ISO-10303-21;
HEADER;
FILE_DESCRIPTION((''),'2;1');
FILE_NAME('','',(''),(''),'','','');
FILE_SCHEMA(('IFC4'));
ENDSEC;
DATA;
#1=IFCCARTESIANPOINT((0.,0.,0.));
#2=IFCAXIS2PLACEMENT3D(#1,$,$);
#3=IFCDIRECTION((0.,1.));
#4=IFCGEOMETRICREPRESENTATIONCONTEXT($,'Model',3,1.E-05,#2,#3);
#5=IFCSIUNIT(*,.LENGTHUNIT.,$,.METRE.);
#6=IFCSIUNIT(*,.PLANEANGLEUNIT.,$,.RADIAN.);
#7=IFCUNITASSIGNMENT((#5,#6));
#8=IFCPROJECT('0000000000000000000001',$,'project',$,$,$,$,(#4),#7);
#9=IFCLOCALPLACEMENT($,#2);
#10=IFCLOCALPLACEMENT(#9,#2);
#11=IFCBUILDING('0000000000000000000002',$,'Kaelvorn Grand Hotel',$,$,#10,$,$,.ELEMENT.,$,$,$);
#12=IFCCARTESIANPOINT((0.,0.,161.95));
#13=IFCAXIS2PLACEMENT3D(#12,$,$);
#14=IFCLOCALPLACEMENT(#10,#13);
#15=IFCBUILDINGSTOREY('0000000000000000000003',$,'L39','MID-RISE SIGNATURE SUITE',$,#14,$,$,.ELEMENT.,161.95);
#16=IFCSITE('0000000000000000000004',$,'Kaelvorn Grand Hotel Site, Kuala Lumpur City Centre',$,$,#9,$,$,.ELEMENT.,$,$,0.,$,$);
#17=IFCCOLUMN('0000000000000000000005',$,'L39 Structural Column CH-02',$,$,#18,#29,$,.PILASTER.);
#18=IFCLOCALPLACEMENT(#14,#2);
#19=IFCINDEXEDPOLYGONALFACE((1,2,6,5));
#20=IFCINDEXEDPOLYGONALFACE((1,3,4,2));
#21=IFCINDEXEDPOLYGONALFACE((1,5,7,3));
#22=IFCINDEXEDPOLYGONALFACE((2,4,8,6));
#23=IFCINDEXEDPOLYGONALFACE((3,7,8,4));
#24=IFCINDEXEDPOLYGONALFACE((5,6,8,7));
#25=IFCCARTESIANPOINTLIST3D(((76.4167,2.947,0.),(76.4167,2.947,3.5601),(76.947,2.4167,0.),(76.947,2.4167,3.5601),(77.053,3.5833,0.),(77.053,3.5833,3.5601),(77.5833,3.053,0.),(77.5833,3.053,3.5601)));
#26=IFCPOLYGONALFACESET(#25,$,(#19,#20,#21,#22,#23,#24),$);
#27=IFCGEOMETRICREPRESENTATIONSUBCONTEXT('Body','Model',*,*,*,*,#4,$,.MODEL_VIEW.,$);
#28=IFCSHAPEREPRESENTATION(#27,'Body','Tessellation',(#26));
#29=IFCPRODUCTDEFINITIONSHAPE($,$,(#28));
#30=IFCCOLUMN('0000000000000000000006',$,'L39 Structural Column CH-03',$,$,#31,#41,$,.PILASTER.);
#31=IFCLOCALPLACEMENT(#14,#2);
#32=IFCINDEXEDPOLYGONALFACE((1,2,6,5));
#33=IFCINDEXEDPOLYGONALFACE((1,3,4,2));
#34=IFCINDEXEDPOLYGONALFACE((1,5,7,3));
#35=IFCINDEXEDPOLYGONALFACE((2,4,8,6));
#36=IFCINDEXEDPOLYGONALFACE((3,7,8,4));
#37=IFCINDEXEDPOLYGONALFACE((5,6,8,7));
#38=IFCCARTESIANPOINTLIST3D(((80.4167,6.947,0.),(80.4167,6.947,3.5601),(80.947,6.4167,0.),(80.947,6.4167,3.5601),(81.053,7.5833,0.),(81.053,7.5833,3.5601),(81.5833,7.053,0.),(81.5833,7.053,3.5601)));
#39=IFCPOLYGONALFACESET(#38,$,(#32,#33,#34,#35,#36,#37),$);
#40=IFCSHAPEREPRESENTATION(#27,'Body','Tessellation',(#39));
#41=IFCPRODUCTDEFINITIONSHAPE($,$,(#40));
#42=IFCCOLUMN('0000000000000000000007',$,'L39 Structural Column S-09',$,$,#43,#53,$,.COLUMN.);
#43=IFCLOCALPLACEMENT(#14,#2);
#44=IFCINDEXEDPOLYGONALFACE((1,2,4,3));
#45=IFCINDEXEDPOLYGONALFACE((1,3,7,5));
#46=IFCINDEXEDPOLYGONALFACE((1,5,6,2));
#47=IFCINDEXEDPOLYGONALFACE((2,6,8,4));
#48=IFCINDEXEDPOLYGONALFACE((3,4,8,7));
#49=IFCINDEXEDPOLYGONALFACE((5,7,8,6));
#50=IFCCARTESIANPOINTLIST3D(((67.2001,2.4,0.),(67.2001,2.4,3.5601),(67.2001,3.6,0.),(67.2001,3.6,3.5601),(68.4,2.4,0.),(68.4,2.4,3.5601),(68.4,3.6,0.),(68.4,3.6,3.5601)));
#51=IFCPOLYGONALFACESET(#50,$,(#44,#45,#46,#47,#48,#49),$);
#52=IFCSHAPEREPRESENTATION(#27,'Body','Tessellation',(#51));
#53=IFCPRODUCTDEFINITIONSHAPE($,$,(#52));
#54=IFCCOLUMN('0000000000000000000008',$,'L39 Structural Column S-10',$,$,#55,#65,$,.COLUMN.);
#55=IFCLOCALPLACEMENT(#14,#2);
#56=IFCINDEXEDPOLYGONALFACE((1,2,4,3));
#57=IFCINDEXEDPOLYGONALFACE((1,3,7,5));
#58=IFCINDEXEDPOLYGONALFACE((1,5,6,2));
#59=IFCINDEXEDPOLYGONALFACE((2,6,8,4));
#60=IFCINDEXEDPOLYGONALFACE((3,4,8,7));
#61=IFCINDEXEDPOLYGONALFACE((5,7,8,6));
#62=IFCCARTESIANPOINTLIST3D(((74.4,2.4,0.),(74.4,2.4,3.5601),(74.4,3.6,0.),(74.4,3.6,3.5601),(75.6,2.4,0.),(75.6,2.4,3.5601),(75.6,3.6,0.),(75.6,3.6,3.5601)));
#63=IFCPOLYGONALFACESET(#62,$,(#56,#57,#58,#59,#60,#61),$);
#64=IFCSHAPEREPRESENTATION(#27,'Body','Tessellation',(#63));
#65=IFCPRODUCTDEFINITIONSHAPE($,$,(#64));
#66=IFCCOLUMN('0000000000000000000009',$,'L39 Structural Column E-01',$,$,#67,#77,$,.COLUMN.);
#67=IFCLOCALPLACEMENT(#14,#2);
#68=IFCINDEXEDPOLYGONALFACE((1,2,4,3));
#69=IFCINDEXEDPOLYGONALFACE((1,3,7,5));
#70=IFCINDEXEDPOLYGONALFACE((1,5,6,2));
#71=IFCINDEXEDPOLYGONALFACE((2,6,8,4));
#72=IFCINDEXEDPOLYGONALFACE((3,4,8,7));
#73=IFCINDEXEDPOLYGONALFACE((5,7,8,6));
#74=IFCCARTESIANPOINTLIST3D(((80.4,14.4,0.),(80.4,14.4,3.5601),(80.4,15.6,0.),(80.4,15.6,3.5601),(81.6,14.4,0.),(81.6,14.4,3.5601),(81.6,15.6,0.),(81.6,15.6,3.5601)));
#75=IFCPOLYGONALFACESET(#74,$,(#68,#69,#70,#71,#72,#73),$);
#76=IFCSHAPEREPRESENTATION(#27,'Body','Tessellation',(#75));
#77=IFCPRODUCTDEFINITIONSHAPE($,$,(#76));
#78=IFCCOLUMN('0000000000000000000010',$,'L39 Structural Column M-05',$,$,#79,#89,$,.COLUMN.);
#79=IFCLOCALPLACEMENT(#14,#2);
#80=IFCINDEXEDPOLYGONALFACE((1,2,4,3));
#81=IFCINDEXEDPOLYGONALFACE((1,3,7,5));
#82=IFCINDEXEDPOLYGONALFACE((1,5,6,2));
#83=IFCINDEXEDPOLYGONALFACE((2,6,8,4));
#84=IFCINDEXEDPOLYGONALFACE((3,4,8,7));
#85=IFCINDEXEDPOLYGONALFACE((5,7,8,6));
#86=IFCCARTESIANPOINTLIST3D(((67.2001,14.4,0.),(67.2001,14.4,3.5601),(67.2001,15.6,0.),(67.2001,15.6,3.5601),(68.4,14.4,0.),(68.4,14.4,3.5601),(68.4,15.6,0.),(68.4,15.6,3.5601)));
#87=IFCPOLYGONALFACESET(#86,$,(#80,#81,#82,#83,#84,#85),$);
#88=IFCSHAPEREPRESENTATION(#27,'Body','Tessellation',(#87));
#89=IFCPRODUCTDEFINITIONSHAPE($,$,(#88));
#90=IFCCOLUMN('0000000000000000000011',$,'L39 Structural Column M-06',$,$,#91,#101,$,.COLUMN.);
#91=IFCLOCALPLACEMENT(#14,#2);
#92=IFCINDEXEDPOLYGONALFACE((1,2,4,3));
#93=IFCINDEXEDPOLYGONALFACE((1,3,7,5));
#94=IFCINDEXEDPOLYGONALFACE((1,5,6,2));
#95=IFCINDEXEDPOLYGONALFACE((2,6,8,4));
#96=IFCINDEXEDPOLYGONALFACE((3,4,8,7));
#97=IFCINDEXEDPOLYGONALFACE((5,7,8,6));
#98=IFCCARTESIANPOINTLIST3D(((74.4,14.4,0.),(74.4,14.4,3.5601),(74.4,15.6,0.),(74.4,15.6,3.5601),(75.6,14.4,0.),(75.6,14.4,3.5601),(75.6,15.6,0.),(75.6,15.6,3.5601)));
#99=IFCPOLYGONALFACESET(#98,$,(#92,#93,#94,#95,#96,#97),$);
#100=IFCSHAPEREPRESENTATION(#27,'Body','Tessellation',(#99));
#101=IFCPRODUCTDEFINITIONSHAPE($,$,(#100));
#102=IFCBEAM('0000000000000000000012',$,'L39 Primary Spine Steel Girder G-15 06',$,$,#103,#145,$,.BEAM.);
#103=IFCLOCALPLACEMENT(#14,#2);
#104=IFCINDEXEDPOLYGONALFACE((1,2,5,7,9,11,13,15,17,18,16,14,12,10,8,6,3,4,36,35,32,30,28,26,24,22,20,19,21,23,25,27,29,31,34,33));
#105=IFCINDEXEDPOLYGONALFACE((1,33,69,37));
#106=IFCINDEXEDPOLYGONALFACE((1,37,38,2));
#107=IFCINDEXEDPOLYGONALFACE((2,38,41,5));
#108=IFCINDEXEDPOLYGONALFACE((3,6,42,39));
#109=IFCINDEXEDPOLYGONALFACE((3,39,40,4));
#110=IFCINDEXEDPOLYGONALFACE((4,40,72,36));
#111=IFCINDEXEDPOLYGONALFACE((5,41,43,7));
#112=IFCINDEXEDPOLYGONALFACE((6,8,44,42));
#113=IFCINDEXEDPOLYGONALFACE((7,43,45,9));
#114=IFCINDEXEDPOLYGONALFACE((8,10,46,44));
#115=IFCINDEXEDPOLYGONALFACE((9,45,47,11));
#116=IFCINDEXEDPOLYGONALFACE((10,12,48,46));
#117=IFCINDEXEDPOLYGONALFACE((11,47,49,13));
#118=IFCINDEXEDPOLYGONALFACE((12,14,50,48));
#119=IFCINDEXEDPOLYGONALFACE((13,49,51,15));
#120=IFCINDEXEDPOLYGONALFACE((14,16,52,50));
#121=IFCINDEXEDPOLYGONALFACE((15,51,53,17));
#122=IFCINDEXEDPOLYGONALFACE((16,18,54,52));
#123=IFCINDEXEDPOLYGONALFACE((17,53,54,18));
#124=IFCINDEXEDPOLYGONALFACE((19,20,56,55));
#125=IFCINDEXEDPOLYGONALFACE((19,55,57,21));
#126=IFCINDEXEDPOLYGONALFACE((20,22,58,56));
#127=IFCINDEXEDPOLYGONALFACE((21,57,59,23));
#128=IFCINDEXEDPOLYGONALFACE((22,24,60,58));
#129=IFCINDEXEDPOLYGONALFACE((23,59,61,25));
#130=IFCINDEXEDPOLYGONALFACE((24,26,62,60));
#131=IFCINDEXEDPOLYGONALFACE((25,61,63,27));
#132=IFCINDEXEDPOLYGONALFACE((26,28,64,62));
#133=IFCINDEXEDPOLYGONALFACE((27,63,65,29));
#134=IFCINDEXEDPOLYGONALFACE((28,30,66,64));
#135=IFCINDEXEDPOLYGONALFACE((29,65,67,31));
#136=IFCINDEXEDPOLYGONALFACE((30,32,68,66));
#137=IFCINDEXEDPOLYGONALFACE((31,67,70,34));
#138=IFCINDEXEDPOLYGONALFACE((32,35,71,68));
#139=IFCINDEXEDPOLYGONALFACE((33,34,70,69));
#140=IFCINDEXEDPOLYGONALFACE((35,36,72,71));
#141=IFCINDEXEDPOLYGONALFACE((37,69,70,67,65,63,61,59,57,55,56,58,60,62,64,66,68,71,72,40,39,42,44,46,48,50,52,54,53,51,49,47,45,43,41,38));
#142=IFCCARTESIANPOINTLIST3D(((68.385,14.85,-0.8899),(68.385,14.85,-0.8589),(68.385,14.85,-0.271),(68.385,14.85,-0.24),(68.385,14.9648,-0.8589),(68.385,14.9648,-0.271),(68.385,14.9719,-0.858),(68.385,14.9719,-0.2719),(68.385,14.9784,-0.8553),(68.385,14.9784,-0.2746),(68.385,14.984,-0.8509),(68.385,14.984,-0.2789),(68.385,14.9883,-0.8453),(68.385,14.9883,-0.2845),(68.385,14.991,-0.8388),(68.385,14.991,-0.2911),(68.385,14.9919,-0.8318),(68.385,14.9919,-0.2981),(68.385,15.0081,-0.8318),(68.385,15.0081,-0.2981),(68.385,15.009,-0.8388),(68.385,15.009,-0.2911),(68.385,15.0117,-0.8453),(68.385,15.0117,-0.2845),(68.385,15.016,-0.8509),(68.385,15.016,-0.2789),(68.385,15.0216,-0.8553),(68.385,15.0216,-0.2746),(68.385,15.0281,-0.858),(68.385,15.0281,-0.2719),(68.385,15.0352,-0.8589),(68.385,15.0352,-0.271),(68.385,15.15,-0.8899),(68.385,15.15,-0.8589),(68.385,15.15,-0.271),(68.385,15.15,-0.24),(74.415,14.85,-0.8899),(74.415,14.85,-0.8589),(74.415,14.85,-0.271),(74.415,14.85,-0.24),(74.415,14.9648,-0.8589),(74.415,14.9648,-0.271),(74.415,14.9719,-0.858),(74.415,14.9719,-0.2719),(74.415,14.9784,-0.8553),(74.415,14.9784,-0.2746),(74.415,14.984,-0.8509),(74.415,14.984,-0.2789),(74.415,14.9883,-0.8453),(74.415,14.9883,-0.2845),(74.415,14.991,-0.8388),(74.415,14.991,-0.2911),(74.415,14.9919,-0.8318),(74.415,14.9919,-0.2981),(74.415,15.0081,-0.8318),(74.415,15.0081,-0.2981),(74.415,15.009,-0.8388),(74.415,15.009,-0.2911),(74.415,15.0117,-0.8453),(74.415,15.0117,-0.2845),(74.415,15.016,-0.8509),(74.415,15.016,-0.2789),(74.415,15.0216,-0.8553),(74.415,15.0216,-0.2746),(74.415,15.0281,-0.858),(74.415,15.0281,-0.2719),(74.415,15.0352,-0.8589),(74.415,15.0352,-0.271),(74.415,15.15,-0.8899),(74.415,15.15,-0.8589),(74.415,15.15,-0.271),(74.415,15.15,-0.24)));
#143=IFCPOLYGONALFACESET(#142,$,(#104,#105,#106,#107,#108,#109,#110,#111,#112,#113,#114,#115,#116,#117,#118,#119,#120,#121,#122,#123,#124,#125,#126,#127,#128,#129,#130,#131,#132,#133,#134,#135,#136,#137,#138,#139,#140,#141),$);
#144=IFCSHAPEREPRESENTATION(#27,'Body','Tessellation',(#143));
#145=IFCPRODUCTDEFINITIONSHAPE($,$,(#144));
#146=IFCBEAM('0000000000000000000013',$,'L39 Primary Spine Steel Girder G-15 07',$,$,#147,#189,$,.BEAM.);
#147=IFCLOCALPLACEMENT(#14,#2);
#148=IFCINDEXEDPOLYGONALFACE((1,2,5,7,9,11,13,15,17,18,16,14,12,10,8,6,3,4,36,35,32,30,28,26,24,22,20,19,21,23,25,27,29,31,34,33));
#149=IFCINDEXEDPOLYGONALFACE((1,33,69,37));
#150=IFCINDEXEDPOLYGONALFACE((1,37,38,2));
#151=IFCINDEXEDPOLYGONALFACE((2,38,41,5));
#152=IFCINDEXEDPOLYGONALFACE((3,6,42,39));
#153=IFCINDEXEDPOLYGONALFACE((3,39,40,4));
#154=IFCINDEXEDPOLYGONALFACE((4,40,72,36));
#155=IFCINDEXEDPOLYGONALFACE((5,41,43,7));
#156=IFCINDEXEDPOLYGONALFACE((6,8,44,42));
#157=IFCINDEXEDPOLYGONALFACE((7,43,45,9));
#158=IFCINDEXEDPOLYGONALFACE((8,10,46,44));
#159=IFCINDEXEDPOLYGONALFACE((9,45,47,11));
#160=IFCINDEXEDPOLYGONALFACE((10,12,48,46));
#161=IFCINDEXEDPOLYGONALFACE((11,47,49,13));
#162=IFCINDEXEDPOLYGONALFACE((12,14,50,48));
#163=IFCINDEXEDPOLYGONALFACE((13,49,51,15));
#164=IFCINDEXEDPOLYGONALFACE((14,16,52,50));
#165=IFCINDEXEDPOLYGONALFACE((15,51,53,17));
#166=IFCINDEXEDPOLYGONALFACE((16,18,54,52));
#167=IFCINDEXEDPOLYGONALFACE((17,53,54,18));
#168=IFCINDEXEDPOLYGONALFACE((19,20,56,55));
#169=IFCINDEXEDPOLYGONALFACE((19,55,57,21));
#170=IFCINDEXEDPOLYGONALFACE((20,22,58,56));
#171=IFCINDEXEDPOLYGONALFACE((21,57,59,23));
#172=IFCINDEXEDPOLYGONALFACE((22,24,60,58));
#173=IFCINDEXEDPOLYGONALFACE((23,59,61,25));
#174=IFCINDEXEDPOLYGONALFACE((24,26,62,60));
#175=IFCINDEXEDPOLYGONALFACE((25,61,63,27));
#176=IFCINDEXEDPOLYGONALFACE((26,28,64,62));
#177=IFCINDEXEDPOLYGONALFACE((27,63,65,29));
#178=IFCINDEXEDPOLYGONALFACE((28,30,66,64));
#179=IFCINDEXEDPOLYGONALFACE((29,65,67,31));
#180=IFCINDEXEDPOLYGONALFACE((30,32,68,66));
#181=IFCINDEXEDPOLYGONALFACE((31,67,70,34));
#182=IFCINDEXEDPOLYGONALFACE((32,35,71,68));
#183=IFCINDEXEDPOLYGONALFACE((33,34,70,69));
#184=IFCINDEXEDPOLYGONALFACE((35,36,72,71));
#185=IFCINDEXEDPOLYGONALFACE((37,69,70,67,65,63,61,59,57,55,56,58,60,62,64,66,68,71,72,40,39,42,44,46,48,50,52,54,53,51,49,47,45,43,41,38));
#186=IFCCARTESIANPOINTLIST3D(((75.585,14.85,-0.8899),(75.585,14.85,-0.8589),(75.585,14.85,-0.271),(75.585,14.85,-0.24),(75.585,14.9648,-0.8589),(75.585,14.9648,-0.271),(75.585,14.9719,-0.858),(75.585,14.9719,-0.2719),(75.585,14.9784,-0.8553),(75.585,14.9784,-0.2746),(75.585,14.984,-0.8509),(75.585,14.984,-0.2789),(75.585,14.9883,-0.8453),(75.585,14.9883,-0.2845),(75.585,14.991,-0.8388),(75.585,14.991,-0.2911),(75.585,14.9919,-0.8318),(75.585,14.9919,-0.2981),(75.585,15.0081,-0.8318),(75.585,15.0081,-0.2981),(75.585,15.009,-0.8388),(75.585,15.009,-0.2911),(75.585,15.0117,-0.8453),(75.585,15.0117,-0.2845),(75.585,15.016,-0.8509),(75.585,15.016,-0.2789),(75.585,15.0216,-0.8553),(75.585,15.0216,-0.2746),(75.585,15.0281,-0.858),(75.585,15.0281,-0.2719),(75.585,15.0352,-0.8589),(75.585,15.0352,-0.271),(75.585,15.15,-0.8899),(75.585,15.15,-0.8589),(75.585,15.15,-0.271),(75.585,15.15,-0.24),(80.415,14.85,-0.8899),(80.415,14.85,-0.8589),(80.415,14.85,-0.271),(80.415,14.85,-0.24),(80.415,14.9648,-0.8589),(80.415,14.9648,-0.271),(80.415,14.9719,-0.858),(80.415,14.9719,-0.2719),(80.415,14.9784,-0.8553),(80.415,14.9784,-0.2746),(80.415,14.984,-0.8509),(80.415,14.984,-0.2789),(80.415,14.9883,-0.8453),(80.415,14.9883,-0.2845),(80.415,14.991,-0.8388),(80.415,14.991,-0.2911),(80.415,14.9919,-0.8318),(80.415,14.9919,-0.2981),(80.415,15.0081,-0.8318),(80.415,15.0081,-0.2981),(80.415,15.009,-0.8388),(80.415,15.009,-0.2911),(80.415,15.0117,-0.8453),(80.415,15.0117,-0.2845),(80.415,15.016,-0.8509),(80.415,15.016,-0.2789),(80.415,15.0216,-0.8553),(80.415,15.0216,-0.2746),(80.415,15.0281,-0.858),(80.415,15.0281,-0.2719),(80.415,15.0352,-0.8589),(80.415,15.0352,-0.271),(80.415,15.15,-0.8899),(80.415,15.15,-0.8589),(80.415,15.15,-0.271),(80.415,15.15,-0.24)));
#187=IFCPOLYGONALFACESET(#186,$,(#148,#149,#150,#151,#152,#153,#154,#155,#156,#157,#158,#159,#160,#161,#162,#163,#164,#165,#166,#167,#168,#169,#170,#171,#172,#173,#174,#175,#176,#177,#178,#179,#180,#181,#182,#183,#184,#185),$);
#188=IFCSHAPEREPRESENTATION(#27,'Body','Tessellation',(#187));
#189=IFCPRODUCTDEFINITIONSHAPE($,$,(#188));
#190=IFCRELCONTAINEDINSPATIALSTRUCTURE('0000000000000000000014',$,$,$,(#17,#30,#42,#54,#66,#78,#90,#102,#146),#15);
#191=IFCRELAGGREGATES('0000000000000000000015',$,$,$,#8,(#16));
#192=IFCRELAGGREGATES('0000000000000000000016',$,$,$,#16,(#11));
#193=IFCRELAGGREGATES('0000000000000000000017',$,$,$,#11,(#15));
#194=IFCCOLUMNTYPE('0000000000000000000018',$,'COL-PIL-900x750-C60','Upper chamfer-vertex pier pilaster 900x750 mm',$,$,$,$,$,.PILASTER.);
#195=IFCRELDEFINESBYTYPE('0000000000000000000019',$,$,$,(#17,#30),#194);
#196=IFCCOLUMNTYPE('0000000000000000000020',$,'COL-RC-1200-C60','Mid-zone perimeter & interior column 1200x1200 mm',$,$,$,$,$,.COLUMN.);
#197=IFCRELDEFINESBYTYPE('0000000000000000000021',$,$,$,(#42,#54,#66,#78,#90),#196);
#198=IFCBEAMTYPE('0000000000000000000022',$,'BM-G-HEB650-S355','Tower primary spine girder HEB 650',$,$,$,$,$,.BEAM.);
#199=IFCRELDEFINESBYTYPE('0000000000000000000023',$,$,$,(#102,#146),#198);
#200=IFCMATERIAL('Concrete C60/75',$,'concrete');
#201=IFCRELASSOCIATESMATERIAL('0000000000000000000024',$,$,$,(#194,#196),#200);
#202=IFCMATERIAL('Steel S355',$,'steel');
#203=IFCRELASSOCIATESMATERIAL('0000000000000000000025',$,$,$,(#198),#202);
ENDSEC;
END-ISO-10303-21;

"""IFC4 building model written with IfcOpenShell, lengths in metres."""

from ifc_helpers import new_model, si_unit, direction, frame, origin, origin_2d, place, context, subcontext, project, spatial, rectangle, i_section, extrude, material, material_profile, profile_set, type_object, element, save


model = new_model("IFC4")

# Units and contexts
model_context = context("Model", 3, precision=1e-05, world=origin(), true_north=direction((0.0, 1.0)))
body_context = subcontext(model_context, "Body", "Model", "MODEL_VIEW")
ifc_project = project(units=[si_unit("LENGTHUNIT", "METRE"), si_unit("PLANEANGLEUNIT", "RADIAN")], contexts=[model_context])

# Site, building, storey
site_placement = place(None, origin())
site = spatial("IfcSite", under=ifc_project, at=site_placement, Name="Kaelvorn Grand Hotel Site, Kuala Lumpur City Centre", CompositionType="ELEMENT", RefElevation=0.0)
building_placement = place(site_placement, origin())
building = spatial("IfcBuilding", under=site, at=building_placement, Name="Kaelvorn Grand Hotel", CompositionType="ELEMENT")
storey_placement = place(building_placement, frame((0.0, 0.0, 161.95)))
storey = spatial("IfcBuildingStorey", under=building, at=storey_placement, Name="L39", Description="MID-RISE SIGNATURE SUITE", CompositionType="ELEMENT", Elevation=161.95)

# Columns
ifc_material_1 = material(Name="Concrete C60/75", Category="concrete")
ifc_material_profile_1 = material_profile(ifc_material_1, rectangle(XDim=0.8999, YDim=0.75, at=origin_2d()), Name="RC PILASTER 900x750")
ifc_profile_set_1 = profile_set([ifc_material_profile_1], Name="Concrete C60/75")
column_type_1 = type_object("IfcColumnType", Name="COL-PIL-900x750-C60", Description="Upper chamfer-vertex pier pilaster 900x750 mm", PredefinedType="PILASTER", material=ifc_profile_set_1)
for number, where, z_axis, x_axis, name in (
    (1, (77.0, 3.0, 0.0), (0.0, 0.0, 1.0), (0.707107, 0.707107, 0.0), "L39 Structural Column CH-02"),
    (2, (81.0, 7.0, 0.0), (0.0, 0.0, 1.0), (0.707107, 0.707107, 0.0), "L39 Structural Column CH-03"),
):
    element("IfcColumn", number, at=place(storey_placement, frame(where, z_axis=z_axis, x_axis=x_axis)), inside=storey, type_object=column_type_1, Name=name, PredefinedType="PILASTER", context=body_context, shape_type="SweptSolid", body=[
        extrude(rectangle(XDim=0.8999, YDim=0.75, at=origin_2d()), origin(), (0.0, 0.0, 1.0), 3.5601),
    ])
ifc_material_profile_2 = material_profile(ifc_material_1, rectangle(XDim=1.2, YDim=1.2, at=origin_2d()), Name="RC COL 1200x1200")
ifc_profile_set_2 = profile_set([ifc_material_profile_2], Name="Concrete C60/75")
column_type_2 = type_object("IfcColumnType", Name="COL-RC-1200-C60", Description="Mid-zone perimeter & interior column 1200x1200 mm", PredefinedType="COLUMN", material=ifc_profile_set_2)
for number, where, z_axis, x_axis, name in (
    (3, (67.8, 3.0, 0.0), (0.0, 0.0, 1.0), (1.0, 0.0, 0.0), "L39 Structural Column S-09"),
    (4, (75.0, 3.0, 0.0), (0.0, 0.0, 1.0), (1.0, 0.0, 0.0), "L39 Structural Column S-10"),
    (5, (81.0, 15.0, 0.0), (0.0, 0.0, 1.0), (1.0, 0.0, 0.0), "L39 Structural Column E-01"),
    (6, (67.8, 15.0, 0.0), (0.0, 0.0, 1.0), (1.0, 0.0, 0.0), "L39 Structural Column M-05"),
    (7, (75.0, 15.0, 0.0), (0.0, 0.0, 1.0), (1.0, 0.0, 0.0), "L39 Structural Column M-06"),
):
    element("IfcColumn", number, at=place(storey_placement, frame(where, z_axis=z_axis, x_axis=x_axis)), inside=storey, type_object=column_type_2, Name=name, PredefinedType="COLUMN", context=body_context, shape_type="SweptSolid", body=[
        extrude(rectangle(XDim=1.2, YDim=1.2, at=origin_2d()), origin(), (0.0, 0.0, 1.0), 3.5601),
    ])

# Beams
ifc_material_2 = material(Name="Steel S355", Category="steel")
ifc_material_profile_3 = material_profile(ifc_material_2, i_section(OverallWidth=0.3, OverallDepth=0.6499, WebThickness=0.0161, FlangeThickness=0.031, FilletRadius=0.0271, at=origin_2d()), Name="HEB 650")
ifc_profile_set_3 = profile_set([ifc_material_profile_3], Name="Steel S355")
beam_type_1 = type_object("IfcBeamType", Name="BM-G-HEB650-S355", Description="Tower primary spine girder HEB 650", PredefinedType="BEAM", material=ifc_profile_set_3)
beam_1_placement = place(storey_placement, frame((68.385, 15.0, -0.5649), z_axis=(1.0, 0.0, 0.0), x_axis=(0.0, 1.0, 0.0)))
element("IfcBeam", 8, at=beam_1_placement, inside=storey, type_object=beam_type_1, Name="L39 Primary Spine Steel Girder G-15 06", PredefinedType="BEAM", context=body_context, shape_type="SweptSolid", body=[
    extrude(i_section(OverallWidth=0.3, OverallDepth=0.6499, WebThickness=0.0161, FlangeThickness=0.031, FilletRadius=0.0271, at=origin_2d()), origin(), (0.0, 0.0, 1.0), 6.03),
])
beam_2_placement = place(storey_placement, frame((75.585, 15.0, -0.5649), z_axis=(1.0, 0.0, 0.0), x_axis=(0.0, 1.0, 0.0)))
element("IfcBeam", 9, at=beam_2_placement, inside=storey, type_object=beam_type_1, Name="L39 Primary Spine Steel Girder G-15 07", PredefinedType="BEAM", context=body_context, shape_type="SweptSolid", body=[
    extrude(i_section(OverallWidth=0.3, OverallDepth=0.6499, WebThickness=0.0161, FlangeThickness=0.031, FilletRadius=0.0271, at=origin_2d()), origin(), (0.0, 0.0, 1.0), 4.8301),
])

save(model, "model.ifc")
